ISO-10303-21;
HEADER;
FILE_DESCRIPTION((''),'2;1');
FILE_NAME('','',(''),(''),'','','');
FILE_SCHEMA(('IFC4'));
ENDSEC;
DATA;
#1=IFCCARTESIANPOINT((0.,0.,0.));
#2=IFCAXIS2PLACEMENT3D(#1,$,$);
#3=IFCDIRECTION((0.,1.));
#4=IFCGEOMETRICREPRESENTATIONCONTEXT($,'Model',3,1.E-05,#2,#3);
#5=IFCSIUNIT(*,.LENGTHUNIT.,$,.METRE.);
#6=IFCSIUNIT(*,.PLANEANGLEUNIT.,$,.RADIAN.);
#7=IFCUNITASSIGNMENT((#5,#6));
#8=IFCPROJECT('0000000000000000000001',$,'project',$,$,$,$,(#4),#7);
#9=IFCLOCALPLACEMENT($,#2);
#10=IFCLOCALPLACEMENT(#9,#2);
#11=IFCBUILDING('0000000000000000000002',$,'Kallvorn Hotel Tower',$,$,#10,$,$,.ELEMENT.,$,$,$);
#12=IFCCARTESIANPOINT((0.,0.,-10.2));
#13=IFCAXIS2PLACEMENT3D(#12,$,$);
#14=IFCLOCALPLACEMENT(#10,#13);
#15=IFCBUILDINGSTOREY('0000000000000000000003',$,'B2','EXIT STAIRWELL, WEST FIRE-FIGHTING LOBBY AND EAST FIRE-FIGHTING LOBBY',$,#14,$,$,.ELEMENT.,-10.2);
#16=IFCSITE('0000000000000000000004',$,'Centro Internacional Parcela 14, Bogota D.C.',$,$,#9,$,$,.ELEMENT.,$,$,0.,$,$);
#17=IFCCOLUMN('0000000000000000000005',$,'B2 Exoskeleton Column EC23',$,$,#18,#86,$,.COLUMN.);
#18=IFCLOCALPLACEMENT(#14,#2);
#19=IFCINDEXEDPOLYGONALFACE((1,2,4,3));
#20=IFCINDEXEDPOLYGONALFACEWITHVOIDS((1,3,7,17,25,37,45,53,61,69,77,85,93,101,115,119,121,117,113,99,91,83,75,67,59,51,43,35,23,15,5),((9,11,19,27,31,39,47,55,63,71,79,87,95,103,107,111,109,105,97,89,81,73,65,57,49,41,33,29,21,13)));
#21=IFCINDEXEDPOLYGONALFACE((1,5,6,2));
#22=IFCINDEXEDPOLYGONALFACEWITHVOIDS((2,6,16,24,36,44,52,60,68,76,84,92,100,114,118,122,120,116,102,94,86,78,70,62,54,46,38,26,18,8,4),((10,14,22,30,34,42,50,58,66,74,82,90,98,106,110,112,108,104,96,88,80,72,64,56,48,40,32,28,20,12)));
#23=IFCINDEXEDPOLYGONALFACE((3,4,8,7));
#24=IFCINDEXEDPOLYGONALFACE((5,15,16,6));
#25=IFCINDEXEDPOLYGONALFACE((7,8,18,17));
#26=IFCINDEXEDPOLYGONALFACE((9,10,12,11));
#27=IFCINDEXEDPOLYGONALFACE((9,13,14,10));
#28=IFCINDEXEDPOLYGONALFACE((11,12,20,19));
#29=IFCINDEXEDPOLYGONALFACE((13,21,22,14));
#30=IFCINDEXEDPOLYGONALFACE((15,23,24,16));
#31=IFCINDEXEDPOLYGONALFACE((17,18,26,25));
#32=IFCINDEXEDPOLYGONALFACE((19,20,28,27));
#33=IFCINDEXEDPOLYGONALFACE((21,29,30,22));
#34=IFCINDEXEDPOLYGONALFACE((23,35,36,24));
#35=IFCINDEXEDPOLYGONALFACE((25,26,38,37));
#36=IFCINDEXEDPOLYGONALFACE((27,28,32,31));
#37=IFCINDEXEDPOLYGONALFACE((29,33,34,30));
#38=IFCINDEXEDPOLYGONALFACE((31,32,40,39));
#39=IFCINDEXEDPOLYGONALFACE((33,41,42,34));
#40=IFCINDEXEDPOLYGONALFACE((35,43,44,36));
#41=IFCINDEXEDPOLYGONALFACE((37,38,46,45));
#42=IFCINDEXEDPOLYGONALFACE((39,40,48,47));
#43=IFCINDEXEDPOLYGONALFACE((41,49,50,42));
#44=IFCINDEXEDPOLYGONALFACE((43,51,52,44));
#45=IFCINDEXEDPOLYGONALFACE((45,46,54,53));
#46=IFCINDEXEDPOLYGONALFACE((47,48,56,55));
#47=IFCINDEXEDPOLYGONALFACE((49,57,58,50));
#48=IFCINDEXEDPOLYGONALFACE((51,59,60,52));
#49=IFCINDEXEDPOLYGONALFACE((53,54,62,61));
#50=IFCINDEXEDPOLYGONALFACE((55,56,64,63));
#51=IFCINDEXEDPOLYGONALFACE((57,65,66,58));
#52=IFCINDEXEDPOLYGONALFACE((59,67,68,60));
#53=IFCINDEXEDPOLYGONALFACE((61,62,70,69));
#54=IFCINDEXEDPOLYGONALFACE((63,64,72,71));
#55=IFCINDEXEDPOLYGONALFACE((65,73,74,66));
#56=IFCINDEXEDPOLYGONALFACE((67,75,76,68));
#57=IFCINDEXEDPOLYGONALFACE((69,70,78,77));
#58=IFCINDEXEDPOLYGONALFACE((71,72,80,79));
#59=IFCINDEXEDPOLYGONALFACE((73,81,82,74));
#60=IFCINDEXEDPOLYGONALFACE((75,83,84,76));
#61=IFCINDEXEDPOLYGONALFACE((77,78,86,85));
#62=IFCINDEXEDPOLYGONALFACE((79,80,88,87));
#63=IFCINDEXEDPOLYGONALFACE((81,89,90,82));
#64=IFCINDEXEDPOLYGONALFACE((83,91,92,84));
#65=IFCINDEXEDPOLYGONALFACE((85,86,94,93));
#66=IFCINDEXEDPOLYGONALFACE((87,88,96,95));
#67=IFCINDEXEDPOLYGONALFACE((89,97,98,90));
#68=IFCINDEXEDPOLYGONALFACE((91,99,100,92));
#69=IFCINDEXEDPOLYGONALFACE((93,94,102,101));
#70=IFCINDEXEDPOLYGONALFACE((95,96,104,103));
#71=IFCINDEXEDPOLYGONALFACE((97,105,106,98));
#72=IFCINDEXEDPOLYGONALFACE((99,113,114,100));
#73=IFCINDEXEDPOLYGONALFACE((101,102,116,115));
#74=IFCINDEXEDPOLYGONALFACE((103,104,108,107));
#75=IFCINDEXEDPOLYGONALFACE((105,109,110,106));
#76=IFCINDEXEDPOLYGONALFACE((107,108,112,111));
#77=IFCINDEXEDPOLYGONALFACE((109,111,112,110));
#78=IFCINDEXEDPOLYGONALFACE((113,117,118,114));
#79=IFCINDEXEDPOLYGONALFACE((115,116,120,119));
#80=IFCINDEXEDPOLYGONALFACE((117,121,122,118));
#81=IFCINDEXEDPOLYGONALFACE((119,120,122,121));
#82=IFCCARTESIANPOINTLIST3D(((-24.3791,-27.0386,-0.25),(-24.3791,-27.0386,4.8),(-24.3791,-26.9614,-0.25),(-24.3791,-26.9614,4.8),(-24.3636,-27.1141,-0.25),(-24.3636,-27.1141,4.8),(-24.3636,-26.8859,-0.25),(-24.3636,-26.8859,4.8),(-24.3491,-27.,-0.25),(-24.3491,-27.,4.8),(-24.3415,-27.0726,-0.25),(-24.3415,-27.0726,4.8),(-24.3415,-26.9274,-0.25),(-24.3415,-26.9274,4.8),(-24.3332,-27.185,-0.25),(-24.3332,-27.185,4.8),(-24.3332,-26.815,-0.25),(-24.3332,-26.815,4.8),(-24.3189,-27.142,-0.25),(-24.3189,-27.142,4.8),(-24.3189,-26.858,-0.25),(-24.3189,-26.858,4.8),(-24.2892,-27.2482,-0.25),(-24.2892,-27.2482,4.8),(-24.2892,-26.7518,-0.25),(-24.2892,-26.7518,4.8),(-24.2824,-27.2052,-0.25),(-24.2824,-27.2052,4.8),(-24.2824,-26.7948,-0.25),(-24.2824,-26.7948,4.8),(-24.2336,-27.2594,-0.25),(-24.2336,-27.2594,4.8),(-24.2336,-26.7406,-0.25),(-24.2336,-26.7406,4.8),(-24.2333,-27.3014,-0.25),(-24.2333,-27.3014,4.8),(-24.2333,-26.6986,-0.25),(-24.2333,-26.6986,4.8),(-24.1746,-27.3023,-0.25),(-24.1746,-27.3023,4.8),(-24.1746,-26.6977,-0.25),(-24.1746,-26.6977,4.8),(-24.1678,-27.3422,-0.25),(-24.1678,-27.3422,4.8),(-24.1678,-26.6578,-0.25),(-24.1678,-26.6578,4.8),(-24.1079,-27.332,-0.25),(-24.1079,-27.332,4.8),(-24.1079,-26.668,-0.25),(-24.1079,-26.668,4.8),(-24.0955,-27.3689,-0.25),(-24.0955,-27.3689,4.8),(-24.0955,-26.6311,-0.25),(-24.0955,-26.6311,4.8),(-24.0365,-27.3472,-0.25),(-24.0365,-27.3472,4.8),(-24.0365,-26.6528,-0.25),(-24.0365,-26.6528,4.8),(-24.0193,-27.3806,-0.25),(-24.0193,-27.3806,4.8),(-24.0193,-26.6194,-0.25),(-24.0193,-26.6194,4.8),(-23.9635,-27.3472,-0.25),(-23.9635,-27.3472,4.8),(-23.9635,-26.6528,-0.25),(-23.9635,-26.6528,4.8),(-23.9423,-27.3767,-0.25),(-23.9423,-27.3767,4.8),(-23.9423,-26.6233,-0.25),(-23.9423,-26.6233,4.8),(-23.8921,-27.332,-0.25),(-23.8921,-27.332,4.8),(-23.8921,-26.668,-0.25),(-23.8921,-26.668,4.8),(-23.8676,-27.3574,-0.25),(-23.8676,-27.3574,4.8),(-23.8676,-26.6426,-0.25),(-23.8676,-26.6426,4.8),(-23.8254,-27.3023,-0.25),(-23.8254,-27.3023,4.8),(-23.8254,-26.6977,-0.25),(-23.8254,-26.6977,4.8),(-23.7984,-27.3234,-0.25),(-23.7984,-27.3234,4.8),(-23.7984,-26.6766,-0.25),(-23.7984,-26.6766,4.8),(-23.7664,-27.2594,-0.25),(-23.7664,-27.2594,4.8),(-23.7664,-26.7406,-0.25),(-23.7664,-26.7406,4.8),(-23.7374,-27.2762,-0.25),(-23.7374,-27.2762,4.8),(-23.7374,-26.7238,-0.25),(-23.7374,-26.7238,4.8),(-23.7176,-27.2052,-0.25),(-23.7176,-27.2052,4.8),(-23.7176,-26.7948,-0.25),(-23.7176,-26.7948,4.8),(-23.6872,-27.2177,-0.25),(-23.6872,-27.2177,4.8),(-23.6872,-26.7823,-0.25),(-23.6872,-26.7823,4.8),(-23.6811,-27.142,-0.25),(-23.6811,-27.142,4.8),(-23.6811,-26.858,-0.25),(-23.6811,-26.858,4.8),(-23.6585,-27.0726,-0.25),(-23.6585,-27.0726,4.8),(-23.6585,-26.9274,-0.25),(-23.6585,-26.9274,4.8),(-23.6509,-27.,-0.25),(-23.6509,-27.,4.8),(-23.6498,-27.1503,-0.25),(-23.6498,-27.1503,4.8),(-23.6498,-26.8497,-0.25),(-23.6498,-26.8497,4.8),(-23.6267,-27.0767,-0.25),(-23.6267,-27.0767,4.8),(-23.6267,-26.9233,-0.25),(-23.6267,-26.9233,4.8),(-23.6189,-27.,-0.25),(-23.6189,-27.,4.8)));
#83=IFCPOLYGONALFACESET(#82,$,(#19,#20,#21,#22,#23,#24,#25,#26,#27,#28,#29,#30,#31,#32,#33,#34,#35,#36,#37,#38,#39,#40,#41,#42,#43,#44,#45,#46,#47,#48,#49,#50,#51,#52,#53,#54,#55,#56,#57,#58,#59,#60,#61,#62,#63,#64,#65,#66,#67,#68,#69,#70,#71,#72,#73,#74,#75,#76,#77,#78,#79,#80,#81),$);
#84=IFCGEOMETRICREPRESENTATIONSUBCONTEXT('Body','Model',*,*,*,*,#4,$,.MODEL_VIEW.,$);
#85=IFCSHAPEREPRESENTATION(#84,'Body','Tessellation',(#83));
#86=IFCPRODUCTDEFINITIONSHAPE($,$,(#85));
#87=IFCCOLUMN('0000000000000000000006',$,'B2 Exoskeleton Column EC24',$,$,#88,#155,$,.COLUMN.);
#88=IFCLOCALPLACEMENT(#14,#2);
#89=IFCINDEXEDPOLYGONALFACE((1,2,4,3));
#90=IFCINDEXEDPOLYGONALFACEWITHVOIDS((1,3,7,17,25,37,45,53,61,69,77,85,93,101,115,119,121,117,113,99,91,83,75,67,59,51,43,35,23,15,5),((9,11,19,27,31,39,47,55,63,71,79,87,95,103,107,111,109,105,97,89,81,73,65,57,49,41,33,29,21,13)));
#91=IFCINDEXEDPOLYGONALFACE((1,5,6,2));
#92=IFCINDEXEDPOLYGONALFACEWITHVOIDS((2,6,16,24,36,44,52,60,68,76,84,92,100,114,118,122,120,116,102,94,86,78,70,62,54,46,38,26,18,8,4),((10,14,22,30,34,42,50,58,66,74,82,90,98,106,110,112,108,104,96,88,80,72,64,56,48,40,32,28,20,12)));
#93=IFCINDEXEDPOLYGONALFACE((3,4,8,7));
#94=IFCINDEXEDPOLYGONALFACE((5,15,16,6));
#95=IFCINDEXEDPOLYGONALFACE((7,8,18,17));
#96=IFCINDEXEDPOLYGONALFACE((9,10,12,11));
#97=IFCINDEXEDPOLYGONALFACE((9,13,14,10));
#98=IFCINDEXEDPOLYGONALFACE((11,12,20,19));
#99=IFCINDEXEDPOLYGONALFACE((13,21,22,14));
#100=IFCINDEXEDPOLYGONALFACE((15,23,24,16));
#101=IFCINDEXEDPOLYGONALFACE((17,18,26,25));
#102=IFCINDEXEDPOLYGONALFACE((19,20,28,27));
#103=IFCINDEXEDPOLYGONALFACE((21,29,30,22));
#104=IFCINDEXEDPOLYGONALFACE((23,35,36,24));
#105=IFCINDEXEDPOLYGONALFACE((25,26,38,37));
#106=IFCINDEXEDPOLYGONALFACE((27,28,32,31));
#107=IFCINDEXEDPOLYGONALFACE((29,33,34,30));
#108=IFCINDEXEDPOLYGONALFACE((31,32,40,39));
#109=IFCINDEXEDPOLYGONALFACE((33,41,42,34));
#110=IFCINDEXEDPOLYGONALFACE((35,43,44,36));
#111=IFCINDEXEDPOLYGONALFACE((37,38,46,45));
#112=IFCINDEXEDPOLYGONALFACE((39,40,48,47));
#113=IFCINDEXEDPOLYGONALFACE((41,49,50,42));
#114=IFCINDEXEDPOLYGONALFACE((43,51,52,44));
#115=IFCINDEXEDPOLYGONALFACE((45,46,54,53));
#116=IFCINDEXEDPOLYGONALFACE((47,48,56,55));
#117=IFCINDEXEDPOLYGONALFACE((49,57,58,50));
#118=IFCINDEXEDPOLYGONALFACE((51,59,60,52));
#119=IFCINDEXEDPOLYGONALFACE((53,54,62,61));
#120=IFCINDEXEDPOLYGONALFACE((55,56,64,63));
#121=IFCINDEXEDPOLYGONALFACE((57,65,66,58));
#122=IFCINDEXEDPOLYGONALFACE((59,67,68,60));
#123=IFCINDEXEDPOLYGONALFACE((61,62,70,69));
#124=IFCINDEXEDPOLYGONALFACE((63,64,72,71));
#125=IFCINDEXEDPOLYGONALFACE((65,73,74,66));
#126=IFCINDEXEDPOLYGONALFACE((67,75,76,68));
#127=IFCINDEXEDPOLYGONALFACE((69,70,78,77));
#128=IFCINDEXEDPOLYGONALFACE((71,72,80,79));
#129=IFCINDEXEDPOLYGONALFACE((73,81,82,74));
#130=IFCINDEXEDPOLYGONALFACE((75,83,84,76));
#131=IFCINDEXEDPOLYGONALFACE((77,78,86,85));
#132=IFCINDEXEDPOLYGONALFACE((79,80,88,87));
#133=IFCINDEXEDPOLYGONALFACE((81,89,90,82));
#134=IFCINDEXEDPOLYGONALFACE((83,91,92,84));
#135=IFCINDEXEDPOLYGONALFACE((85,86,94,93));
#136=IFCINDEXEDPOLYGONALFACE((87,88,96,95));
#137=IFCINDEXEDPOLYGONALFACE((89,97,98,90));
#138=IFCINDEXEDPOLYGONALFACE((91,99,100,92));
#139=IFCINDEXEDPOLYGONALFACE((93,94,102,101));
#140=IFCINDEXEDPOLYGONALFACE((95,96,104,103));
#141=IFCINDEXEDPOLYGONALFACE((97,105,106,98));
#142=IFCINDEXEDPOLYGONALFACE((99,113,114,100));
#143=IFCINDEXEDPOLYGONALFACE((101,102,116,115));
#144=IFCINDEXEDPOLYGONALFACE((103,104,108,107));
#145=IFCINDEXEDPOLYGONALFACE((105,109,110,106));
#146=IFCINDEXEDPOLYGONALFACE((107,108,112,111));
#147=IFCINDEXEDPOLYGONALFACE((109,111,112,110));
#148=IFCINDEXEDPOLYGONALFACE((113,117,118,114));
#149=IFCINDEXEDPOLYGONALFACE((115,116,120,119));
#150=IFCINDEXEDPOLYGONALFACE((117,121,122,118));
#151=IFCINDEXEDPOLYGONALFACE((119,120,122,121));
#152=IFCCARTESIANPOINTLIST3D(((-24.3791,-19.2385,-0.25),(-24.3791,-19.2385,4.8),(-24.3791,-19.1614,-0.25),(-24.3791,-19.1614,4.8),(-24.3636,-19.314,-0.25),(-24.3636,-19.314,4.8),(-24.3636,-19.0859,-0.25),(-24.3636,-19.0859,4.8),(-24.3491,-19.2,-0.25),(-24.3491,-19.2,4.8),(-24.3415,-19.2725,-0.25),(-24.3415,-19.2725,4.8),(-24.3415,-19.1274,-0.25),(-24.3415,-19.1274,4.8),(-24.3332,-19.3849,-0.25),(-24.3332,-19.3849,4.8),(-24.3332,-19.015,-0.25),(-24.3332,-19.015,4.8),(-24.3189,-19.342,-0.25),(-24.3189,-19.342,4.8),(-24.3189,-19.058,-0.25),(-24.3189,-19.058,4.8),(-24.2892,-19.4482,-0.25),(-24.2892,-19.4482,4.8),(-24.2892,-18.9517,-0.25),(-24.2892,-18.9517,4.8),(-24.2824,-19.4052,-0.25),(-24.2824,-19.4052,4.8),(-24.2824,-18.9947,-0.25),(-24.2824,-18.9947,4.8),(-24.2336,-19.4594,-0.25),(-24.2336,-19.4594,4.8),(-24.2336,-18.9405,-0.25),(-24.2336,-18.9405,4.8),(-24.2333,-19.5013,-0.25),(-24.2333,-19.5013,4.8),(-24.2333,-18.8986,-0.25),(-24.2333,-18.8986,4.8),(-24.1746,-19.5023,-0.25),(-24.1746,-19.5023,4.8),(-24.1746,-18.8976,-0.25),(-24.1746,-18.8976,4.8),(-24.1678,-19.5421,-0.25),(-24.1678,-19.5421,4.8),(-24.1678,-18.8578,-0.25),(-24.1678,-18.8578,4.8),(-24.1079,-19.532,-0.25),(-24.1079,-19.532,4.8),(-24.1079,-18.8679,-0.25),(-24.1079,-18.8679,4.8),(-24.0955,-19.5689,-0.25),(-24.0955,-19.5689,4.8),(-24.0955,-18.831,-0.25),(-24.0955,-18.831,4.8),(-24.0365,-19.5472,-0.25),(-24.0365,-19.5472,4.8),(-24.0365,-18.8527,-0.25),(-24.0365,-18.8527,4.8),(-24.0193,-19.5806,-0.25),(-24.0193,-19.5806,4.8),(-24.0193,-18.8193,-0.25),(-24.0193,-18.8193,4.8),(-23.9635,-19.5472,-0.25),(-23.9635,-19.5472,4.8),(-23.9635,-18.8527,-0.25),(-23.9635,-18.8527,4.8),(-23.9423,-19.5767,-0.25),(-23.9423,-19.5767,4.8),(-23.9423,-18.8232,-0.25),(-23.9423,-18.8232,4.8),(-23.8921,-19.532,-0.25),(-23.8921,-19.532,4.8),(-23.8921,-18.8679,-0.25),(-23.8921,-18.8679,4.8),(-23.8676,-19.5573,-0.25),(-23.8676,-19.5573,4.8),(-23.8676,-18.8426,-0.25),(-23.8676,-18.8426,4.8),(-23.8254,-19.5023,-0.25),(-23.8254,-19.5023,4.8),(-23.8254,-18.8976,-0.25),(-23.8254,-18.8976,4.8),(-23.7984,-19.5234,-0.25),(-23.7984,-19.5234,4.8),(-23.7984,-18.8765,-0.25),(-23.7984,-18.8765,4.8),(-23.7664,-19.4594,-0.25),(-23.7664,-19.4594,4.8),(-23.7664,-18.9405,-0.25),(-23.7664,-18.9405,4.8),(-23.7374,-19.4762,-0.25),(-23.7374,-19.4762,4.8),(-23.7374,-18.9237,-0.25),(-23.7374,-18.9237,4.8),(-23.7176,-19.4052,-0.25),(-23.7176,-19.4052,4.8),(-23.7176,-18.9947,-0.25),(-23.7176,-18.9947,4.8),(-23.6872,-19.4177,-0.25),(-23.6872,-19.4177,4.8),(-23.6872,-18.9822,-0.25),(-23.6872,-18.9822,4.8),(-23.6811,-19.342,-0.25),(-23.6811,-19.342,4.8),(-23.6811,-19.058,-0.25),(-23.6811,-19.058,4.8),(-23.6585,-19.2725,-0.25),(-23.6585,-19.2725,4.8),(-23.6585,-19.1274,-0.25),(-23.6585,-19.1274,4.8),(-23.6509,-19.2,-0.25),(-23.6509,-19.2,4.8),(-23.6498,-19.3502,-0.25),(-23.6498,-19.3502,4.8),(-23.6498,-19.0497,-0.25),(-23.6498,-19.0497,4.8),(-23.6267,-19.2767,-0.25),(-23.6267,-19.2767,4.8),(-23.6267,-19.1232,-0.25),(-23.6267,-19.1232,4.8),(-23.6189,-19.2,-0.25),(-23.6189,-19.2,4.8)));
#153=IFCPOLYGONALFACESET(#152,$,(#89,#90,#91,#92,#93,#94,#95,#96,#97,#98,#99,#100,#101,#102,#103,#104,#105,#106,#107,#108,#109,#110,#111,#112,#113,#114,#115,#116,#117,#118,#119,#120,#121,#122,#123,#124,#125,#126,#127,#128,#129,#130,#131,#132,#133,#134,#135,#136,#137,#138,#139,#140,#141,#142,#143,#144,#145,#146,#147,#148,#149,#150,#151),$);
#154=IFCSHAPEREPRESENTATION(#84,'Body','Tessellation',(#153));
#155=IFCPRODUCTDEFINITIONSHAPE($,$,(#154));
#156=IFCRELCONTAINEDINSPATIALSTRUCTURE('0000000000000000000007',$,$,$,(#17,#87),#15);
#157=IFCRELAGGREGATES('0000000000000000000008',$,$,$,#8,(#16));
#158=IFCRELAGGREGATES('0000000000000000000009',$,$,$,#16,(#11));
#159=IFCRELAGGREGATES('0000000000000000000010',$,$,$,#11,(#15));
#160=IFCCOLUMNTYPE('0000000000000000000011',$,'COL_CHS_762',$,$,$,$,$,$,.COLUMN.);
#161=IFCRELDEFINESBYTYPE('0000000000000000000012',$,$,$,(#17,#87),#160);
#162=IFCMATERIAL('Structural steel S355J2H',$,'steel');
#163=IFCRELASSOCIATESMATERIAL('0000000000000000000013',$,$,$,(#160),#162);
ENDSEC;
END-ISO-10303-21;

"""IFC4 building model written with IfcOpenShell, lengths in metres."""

from ifc_helpers import new_model, si_unit, direction, frame, origin, origin_2d, place, context, subcontext, project, spatial, hollow_circle, extrude, material, material_profile, profile_set, type_object, element, save


model = new_model("IFC4")

# Units and contexts
model_context = context("Model", 3, precision=1e-05, world=origin(), true_north=direction((0.0, 1.0)))
body_context = subcontext(model_context, "Body", "Model", "MODEL_VIEW")
ifc_project = project(units=[si_unit("LENGTHUNIT", "METRE"), si_unit("PLANEANGLEUNIT", "RADIAN")], contexts=[model_context])

# Site, building, storey
site_placement = place(None, origin())
site = spatial("IfcSite", under=ifc_project, at=site_placement, Name="Centro Internacional Parcela 14, Bogota D.C.", CompositionType="ELEMENT", RefElevation=0.0)
building_placement = place(site_placement, origin())
building = spatial("IfcBuilding", under=site, at=building_placement, Name="Kallvorn Hotel Tower", CompositionType="ELEMENT")
storey_placement = place(building_placement, frame((0.0, 0.0, -10.2)))
storey = spatial("IfcBuildingStorey", under=building, at=storey_placement, Name="B2", Description="EXIT STAIRWELL, WEST FIRE-FIGHTING LOBBY AND EAST FIRE-FIGHTING LOBBY", CompositionType="ELEMENT", Elevation=-10.2)

# Columns
ifc_material_1 = material(Name="Structural steel S355J2H", Category="steel")
ifc_material_profile_1 = material_profile(ifc_material_1, hollow_circle(Radius=0.3811, WallThickness=0.032, at=origin_2d()), Name="CHS 762x32")
ifc_profile_set_1 = profile_set([ifc_material_profile_1], Name="Structural steel S355J2H")
column_type_1 = type_object("IfcColumnType", Name="COL_CHS_762", PredefinedType="COLUMN", material=ifc_profile_set_1)
for number, where, z_axis, x_axis, name in (
    (1, (-24.0, -27.0, -0.25), (0.0, 0.0, 1.0), (1.0, 0.0, 0.0), "B2 Exoskeleton Column EC23"),
    (2, (-24.0, -19.2, -0.25), (0.0, 0.0, 1.0), (1.0, 0.0, 0.0), "B2 Exoskeleton Column EC24"),
):
    element("IfcColumn", number, at=place(storey_placement, frame(where, z_axis=z_axis, x_axis=x_axis)), inside=storey, type_object=column_type_1, Name=name, PredefinedType="COLUMN", context=body_context, shape_type="SweptSolid", body=[
        extrude(hollow_circle(Radius=0.3811, WallThickness=0.032, at=origin_2d()), origin(), (0.0, 0.0, 1.0), 5.05),
    ])

save(model, "model.ifc")
